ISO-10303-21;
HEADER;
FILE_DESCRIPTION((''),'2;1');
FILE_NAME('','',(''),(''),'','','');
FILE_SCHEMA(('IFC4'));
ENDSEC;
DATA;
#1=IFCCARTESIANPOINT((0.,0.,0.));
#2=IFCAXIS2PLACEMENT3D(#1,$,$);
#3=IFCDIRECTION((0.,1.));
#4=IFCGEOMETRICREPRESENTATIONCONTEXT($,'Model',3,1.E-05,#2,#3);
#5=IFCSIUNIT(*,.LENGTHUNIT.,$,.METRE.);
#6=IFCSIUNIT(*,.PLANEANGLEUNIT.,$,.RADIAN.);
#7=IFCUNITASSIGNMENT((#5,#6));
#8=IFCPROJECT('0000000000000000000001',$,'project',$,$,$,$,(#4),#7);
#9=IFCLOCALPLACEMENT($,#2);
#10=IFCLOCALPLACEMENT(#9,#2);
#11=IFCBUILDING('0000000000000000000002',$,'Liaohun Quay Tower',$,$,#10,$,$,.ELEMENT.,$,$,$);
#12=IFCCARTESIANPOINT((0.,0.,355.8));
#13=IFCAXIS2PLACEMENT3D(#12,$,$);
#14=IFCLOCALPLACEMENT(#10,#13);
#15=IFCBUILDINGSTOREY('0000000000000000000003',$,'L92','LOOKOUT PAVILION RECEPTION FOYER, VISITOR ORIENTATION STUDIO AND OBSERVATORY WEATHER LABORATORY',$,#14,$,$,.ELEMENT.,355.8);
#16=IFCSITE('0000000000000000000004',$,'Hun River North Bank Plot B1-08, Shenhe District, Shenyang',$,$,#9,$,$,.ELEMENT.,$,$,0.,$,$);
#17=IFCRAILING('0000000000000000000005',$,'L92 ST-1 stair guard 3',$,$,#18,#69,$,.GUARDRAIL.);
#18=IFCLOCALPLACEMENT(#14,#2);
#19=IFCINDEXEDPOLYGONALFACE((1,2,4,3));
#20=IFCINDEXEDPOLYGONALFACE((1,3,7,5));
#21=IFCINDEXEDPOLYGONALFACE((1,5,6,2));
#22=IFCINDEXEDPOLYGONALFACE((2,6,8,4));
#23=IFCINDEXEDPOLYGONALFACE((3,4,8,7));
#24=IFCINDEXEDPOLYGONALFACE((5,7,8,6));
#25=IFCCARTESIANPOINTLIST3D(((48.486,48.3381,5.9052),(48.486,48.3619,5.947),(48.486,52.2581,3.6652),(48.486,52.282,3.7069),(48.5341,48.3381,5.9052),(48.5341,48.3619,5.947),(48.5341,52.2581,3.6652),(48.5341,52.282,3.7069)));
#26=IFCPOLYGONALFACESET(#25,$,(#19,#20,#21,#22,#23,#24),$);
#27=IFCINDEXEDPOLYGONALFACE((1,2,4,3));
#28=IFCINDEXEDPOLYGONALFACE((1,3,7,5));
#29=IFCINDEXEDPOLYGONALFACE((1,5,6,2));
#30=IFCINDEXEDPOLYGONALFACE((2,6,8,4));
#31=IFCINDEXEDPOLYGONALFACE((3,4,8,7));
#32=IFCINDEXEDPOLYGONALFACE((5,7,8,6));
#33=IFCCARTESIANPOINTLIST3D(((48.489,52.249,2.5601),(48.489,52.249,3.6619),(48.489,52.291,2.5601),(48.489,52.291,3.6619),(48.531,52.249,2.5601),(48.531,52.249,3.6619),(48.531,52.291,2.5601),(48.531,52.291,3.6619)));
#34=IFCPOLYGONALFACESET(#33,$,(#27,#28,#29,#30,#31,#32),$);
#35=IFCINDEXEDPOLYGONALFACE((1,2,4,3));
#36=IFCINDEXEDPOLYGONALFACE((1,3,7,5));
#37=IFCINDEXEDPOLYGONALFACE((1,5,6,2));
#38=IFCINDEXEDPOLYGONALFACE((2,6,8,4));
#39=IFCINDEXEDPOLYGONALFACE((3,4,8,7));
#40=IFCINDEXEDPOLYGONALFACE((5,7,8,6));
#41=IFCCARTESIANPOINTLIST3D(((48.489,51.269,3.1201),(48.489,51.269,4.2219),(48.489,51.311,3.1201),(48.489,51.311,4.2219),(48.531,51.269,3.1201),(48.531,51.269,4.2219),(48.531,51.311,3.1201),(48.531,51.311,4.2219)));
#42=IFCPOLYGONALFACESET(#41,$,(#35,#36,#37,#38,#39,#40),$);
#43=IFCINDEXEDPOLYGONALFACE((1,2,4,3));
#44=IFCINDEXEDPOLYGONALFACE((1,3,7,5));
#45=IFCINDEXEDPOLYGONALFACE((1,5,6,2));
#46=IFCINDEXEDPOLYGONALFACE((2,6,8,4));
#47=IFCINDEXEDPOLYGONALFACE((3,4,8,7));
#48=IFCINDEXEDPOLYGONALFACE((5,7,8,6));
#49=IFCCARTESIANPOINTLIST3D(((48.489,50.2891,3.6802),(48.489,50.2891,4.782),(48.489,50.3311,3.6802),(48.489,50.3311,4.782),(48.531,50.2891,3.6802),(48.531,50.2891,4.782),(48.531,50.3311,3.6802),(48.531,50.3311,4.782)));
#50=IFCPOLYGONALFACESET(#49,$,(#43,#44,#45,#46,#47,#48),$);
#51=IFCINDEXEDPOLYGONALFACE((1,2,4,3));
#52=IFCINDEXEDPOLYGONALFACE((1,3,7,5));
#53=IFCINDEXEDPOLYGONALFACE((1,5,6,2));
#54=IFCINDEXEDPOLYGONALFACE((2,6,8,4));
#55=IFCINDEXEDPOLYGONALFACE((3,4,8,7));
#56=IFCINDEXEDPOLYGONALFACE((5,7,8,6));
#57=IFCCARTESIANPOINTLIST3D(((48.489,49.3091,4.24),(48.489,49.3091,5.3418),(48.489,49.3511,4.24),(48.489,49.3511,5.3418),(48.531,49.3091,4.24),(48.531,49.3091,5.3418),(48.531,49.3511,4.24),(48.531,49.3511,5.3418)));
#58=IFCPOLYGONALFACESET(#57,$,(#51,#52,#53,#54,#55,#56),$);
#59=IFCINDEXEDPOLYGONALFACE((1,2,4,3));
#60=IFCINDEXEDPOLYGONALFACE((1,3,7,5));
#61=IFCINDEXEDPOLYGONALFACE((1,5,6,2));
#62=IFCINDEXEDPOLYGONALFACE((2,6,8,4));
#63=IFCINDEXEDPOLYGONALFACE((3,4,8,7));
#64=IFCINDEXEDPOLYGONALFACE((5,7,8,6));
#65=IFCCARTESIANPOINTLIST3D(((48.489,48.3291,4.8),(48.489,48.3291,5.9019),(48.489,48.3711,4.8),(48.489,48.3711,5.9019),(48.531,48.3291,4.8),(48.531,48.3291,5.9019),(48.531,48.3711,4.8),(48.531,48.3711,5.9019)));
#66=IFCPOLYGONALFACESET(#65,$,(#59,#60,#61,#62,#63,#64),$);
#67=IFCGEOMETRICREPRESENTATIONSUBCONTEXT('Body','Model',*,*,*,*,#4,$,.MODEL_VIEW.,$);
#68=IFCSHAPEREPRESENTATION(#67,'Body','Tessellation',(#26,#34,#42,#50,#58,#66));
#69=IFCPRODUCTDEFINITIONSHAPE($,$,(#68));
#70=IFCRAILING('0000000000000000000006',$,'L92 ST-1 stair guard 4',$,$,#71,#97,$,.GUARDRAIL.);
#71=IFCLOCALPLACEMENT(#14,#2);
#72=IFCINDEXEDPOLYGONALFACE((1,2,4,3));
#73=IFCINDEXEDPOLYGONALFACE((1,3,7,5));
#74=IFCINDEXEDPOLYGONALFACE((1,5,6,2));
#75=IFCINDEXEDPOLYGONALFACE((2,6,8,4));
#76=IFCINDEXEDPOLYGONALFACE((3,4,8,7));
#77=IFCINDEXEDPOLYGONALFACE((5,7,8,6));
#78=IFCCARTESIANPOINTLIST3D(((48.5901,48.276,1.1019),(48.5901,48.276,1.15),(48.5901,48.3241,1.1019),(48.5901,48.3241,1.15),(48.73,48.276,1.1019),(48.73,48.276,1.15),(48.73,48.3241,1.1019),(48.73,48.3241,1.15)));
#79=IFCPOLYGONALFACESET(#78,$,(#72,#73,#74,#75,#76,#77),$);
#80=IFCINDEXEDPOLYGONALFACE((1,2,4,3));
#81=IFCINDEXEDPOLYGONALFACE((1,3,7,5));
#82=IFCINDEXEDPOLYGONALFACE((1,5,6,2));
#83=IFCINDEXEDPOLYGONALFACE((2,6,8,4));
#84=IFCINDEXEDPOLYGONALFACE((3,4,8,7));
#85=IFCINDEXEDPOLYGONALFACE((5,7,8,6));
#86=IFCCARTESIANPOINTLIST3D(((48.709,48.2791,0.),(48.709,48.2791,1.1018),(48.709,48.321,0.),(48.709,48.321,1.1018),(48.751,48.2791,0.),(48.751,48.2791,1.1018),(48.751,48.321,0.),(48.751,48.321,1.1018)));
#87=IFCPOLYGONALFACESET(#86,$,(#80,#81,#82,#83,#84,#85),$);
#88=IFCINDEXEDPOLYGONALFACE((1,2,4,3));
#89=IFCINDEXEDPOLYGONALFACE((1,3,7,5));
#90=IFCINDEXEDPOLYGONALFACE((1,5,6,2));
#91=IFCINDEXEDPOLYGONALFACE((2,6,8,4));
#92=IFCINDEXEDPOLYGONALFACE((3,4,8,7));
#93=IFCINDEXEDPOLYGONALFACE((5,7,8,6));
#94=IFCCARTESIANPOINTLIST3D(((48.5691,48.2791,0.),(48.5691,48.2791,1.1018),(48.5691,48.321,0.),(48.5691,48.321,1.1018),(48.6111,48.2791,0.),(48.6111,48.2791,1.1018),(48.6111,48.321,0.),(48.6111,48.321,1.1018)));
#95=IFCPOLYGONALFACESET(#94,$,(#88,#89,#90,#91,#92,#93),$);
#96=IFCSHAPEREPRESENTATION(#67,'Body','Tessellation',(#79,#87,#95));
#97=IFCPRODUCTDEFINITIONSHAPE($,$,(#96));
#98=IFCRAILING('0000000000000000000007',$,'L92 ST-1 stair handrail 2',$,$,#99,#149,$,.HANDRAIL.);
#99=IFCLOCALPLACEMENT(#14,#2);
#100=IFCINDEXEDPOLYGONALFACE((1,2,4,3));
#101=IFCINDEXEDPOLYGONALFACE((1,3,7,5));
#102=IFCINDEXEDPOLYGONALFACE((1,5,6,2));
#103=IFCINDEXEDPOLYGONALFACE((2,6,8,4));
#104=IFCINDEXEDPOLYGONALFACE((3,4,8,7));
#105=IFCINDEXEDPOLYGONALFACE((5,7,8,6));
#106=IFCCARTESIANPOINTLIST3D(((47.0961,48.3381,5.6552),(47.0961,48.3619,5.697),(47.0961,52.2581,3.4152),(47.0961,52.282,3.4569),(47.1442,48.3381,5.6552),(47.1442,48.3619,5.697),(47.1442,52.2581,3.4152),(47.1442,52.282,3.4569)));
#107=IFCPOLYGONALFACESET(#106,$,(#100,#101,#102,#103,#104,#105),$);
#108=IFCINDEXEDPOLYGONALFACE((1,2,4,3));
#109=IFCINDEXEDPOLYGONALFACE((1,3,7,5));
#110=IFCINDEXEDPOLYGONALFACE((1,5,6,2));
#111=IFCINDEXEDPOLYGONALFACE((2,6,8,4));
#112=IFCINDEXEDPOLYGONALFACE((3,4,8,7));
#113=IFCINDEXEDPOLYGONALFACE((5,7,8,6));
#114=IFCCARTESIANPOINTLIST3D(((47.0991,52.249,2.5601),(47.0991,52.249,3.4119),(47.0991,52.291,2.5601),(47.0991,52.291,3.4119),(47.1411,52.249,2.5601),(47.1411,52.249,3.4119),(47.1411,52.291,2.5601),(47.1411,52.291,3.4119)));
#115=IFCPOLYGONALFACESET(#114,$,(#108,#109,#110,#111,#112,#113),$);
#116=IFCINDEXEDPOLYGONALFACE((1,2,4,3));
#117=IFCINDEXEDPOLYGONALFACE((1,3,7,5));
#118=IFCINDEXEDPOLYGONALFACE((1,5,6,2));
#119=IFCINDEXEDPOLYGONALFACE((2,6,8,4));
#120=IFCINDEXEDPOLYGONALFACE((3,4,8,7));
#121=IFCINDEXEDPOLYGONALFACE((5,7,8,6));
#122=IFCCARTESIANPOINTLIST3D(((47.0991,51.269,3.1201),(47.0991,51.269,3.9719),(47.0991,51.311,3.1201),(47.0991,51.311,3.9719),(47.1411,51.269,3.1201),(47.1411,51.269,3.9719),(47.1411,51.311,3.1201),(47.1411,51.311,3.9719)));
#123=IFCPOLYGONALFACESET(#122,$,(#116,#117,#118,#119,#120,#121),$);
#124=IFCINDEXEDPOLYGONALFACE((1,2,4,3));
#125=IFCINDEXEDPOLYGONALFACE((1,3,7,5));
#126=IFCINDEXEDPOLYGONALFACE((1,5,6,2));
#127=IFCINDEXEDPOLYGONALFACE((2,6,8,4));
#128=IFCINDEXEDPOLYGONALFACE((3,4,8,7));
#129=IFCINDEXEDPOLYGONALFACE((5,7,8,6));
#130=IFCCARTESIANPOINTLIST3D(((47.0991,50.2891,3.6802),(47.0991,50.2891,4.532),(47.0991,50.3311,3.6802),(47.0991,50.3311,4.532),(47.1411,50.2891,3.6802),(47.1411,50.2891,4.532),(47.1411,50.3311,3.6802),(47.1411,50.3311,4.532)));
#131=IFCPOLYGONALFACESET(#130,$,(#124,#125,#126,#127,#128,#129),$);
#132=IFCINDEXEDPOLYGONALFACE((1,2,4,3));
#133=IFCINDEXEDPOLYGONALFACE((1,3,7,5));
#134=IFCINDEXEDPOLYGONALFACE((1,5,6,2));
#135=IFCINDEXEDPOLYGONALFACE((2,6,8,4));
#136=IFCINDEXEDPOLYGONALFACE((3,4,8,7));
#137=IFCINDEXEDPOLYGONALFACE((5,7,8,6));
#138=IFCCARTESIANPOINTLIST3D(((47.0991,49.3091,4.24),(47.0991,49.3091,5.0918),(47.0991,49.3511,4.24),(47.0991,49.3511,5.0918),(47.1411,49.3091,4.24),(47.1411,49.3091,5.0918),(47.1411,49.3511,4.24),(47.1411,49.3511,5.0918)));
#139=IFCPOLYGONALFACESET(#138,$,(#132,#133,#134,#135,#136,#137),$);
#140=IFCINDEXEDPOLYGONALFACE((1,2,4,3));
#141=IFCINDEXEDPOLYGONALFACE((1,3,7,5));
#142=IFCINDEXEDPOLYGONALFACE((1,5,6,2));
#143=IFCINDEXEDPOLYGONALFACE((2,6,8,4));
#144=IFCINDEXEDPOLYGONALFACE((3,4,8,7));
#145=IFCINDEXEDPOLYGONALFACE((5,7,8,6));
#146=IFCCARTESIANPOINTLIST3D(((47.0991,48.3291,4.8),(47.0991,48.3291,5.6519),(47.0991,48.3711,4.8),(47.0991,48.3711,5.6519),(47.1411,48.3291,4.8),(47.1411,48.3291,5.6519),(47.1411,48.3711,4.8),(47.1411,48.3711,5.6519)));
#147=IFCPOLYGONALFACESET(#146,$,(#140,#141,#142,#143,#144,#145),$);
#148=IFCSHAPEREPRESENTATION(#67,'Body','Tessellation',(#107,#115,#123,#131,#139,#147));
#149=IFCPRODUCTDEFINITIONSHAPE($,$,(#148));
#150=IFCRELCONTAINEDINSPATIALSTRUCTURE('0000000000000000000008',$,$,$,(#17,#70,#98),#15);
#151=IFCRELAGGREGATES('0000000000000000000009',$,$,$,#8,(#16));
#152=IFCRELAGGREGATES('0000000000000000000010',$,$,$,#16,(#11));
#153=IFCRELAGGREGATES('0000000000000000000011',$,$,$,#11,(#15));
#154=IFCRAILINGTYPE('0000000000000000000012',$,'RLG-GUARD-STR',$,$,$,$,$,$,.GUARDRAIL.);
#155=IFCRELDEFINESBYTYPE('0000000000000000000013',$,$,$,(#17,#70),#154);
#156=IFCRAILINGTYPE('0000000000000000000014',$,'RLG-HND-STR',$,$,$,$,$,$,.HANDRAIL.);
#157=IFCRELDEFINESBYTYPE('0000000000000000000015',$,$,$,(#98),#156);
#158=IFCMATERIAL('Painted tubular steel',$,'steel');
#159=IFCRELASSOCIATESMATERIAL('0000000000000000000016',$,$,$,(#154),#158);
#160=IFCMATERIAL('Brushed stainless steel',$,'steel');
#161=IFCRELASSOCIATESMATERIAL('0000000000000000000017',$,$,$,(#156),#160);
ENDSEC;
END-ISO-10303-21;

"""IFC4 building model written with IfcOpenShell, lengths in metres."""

from ifc_helpers import new_model, si_unit, direction, frame, origin, origin_2d, place, context, subcontext, project, spatial, rectangle, extrude, material, type_object, element, save


model = new_model("IFC4")

# Units and contexts
model_context = context("Model", 3, precision=1e-05, world=origin(), true_north=direction((0.0, 1.0)))
body_context = subcontext(model_context, "Body", "Model", "MODEL_VIEW")
ifc_project = project(units=[si_unit("LENGTHUNIT", "METRE"), si_unit("PLANEANGLEUNIT", "RADIAN")], contexts=[model_context])

# Site, building, storey
site_placement = place(None, origin())
site = spatial("IfcSite", under=ifc_project, at=site_placement, Name="Hun River North Bank Plot B1-08, Shenhe District, Shenyang", CompositionType="ELEMENT", RefElevation=0.0)
building_placement = place(site_placement, origin())
building = spatial("IfcBuilding", under=site, at=building_placement, Name="Liaohun Quay Tower", CompositionType="ELEMENT")
storey_placement = place(building_placement, frame((0.0, 0.0, 355.8)))
storey = spatial("IfcBuildingStorey", under=building, at=storey_placement, Name="L92", Description="LOOKOUT PAVILION RECEPTION FOYER, VISITOR ORIENTATION STUDIO AND OBSERVATORY WEATHER LABORATORY", CompositionType="ELEMENT", Elevation=355.8)

# Railings
ifc_material_1 = material(Name="Painted tubular steel", Category="steel")
railing_type_1 = type_object("IfcRailingType", Name="RLG-GUARD-STR", PredefinedType="GUARDRAIL", material=ifc_material_1)
railing_1_placement = place(storey_placement, frame((48.51, 52.27, 2.5601)))
element("IfcRailing", 1, at=railing_1_placement, inside=storey, type_object=railing_type_1, Name="L92 ST-1 stair guard 3", PredefinedType="GUARDRAIL", context=body_context, shape_type="SweptSolid", body=[
    extrude(rectangle(XDim=0.0481, YDim=0.0481, at=origin_2d()), frame((0.0, 0.0, 1.126), z_axis=(0.0, -0.86824, 0.496145), x_axis=(1.0, 0.0, 0.0)), (0.0, 0.0, 1.0), 4.5149),
    extrude(rectangle(XDim=0.042, YDim=0.042, at=origin_2d()), origin(), (0.0, 0.0, 1.0), 1.1018),
    extrude(rectangle(XDim=0.042, YDim=0.042, at=origin_2d()), frame((0.0, -0.98, 0.5601)), (0.0, 0.0, 1.0), 1.1018),
    extrude(rectangle(XDim=0.042, YDim=0.042, at=origin_2d()), frame((0.0, -1.96, 1.1201)), (0.0, 0.0, 1.0), 1.1018),
    extrude(rectangle(XDim=0.042, YDim=0.042, at=origin_2d()), frame((0.0, -2.9399, 1.6799)), (0.0, 0.0, 1.0), 1.1018),
    extrude(rectangle(XDim=0.042, YDim=0.042, at=origin_2d()), frame((0.0, -3.9199, 2.24)), (0.0, 0.0, 1.0), 1.1018),
])
railing_2_placement = place(storey_placement, frame((48.73, 48.3, 0.0)))
element("IfcRailing", 2, at=railing_2_placement, inside=storey, type_object=railing_type_1, Name="L92 ST-1 stair guard 4", PredefinedType="GUARDRAIL", context=body_context, shape_type="SweptSolid", body=[
    extrude(rectangle(XDim=0.0481, YDim=0.0481, at=origin_2d()), frame((0.0, 0.0, 1.126), z_axis=(-1.0, 0.0, 0.0), x_axis=(0.0, -1.0, 0.0)), (0.0, 0.0, 1.0), 0.1399),
    extrude(rectangle(XDim=0.042, YDim=0.042, at=origin_2d()), origin(), (0.0, 0.0, 1.0), 1.1018),
    extrude(rectangle(XDim=0.042, YDim=0.042, at=origin_2d()), frame((-0.1399, 0.0, 0.0)), (0.0, 0.0, 1.0), 1.1018),
])
ifc_material_2 = material(Name="Brushed stainless steel", Category="steel")
railing_type_2 = type_object("IfcRailingType", Name="RLG-HND-STR", PredefinedType="HANDRAIL", material=ifc_material_2)
railing_3_placement = place(storey_placement, frame((47.1201, 52.27, 2.5601)))
element("IfcRailing", 3, at=railing_3_placement, inside=storey, type_object=railing_type_2, Name="L92 ST-1 stair handrail 2", PredefinedType="HANDRAIL", context=body_context, shape_type="SweptSolid", body=[
    extrude(rectangle(XDim=0.0481, YDim=0.0481, at=origin_2d()), frame((0.0, 0.0, 0.876), z_axis=(0.0, -0.86824, 0.496145), x_axis=(1.0, 0.0, 0.0)), (0.0, 0.0, 1.0), 4.5149),
    extrude(rectangle(XDim=0.042, YDim=0.042, at=origin_2d()), origin(), (0.0, 0.0, 1.0), 0.8518),
    extrude(rectangle(XDim=0.042, YDim=0.042, at=origin_2d()), frame((0.0, -0.98, 0.5601)), (0.0, 0.0, 1.0), 0.8518),
    extrude(rectangle(XDim=0.042, YDim=0.042, at=origin_2d()), frame((0.0, -1.96, 1.1201)), (0.0, 0.0, 1.0), 0.8518),
    extrude(rectangle(XDim=0.042, YDim=0.042, at=origin_2d()), frame((0.0, -2.9399, 1.6799)), (0.0, 0.0, 1.0), 0.8518),
    extrude(rectangle(XDim=0.042, YDim=0.042, at=origin_2d()), frame((0.0, -3.9199, 2.24)), (0.0, 0.0, 1.0), 0.8518),
])

save(model, "model.ifc")
